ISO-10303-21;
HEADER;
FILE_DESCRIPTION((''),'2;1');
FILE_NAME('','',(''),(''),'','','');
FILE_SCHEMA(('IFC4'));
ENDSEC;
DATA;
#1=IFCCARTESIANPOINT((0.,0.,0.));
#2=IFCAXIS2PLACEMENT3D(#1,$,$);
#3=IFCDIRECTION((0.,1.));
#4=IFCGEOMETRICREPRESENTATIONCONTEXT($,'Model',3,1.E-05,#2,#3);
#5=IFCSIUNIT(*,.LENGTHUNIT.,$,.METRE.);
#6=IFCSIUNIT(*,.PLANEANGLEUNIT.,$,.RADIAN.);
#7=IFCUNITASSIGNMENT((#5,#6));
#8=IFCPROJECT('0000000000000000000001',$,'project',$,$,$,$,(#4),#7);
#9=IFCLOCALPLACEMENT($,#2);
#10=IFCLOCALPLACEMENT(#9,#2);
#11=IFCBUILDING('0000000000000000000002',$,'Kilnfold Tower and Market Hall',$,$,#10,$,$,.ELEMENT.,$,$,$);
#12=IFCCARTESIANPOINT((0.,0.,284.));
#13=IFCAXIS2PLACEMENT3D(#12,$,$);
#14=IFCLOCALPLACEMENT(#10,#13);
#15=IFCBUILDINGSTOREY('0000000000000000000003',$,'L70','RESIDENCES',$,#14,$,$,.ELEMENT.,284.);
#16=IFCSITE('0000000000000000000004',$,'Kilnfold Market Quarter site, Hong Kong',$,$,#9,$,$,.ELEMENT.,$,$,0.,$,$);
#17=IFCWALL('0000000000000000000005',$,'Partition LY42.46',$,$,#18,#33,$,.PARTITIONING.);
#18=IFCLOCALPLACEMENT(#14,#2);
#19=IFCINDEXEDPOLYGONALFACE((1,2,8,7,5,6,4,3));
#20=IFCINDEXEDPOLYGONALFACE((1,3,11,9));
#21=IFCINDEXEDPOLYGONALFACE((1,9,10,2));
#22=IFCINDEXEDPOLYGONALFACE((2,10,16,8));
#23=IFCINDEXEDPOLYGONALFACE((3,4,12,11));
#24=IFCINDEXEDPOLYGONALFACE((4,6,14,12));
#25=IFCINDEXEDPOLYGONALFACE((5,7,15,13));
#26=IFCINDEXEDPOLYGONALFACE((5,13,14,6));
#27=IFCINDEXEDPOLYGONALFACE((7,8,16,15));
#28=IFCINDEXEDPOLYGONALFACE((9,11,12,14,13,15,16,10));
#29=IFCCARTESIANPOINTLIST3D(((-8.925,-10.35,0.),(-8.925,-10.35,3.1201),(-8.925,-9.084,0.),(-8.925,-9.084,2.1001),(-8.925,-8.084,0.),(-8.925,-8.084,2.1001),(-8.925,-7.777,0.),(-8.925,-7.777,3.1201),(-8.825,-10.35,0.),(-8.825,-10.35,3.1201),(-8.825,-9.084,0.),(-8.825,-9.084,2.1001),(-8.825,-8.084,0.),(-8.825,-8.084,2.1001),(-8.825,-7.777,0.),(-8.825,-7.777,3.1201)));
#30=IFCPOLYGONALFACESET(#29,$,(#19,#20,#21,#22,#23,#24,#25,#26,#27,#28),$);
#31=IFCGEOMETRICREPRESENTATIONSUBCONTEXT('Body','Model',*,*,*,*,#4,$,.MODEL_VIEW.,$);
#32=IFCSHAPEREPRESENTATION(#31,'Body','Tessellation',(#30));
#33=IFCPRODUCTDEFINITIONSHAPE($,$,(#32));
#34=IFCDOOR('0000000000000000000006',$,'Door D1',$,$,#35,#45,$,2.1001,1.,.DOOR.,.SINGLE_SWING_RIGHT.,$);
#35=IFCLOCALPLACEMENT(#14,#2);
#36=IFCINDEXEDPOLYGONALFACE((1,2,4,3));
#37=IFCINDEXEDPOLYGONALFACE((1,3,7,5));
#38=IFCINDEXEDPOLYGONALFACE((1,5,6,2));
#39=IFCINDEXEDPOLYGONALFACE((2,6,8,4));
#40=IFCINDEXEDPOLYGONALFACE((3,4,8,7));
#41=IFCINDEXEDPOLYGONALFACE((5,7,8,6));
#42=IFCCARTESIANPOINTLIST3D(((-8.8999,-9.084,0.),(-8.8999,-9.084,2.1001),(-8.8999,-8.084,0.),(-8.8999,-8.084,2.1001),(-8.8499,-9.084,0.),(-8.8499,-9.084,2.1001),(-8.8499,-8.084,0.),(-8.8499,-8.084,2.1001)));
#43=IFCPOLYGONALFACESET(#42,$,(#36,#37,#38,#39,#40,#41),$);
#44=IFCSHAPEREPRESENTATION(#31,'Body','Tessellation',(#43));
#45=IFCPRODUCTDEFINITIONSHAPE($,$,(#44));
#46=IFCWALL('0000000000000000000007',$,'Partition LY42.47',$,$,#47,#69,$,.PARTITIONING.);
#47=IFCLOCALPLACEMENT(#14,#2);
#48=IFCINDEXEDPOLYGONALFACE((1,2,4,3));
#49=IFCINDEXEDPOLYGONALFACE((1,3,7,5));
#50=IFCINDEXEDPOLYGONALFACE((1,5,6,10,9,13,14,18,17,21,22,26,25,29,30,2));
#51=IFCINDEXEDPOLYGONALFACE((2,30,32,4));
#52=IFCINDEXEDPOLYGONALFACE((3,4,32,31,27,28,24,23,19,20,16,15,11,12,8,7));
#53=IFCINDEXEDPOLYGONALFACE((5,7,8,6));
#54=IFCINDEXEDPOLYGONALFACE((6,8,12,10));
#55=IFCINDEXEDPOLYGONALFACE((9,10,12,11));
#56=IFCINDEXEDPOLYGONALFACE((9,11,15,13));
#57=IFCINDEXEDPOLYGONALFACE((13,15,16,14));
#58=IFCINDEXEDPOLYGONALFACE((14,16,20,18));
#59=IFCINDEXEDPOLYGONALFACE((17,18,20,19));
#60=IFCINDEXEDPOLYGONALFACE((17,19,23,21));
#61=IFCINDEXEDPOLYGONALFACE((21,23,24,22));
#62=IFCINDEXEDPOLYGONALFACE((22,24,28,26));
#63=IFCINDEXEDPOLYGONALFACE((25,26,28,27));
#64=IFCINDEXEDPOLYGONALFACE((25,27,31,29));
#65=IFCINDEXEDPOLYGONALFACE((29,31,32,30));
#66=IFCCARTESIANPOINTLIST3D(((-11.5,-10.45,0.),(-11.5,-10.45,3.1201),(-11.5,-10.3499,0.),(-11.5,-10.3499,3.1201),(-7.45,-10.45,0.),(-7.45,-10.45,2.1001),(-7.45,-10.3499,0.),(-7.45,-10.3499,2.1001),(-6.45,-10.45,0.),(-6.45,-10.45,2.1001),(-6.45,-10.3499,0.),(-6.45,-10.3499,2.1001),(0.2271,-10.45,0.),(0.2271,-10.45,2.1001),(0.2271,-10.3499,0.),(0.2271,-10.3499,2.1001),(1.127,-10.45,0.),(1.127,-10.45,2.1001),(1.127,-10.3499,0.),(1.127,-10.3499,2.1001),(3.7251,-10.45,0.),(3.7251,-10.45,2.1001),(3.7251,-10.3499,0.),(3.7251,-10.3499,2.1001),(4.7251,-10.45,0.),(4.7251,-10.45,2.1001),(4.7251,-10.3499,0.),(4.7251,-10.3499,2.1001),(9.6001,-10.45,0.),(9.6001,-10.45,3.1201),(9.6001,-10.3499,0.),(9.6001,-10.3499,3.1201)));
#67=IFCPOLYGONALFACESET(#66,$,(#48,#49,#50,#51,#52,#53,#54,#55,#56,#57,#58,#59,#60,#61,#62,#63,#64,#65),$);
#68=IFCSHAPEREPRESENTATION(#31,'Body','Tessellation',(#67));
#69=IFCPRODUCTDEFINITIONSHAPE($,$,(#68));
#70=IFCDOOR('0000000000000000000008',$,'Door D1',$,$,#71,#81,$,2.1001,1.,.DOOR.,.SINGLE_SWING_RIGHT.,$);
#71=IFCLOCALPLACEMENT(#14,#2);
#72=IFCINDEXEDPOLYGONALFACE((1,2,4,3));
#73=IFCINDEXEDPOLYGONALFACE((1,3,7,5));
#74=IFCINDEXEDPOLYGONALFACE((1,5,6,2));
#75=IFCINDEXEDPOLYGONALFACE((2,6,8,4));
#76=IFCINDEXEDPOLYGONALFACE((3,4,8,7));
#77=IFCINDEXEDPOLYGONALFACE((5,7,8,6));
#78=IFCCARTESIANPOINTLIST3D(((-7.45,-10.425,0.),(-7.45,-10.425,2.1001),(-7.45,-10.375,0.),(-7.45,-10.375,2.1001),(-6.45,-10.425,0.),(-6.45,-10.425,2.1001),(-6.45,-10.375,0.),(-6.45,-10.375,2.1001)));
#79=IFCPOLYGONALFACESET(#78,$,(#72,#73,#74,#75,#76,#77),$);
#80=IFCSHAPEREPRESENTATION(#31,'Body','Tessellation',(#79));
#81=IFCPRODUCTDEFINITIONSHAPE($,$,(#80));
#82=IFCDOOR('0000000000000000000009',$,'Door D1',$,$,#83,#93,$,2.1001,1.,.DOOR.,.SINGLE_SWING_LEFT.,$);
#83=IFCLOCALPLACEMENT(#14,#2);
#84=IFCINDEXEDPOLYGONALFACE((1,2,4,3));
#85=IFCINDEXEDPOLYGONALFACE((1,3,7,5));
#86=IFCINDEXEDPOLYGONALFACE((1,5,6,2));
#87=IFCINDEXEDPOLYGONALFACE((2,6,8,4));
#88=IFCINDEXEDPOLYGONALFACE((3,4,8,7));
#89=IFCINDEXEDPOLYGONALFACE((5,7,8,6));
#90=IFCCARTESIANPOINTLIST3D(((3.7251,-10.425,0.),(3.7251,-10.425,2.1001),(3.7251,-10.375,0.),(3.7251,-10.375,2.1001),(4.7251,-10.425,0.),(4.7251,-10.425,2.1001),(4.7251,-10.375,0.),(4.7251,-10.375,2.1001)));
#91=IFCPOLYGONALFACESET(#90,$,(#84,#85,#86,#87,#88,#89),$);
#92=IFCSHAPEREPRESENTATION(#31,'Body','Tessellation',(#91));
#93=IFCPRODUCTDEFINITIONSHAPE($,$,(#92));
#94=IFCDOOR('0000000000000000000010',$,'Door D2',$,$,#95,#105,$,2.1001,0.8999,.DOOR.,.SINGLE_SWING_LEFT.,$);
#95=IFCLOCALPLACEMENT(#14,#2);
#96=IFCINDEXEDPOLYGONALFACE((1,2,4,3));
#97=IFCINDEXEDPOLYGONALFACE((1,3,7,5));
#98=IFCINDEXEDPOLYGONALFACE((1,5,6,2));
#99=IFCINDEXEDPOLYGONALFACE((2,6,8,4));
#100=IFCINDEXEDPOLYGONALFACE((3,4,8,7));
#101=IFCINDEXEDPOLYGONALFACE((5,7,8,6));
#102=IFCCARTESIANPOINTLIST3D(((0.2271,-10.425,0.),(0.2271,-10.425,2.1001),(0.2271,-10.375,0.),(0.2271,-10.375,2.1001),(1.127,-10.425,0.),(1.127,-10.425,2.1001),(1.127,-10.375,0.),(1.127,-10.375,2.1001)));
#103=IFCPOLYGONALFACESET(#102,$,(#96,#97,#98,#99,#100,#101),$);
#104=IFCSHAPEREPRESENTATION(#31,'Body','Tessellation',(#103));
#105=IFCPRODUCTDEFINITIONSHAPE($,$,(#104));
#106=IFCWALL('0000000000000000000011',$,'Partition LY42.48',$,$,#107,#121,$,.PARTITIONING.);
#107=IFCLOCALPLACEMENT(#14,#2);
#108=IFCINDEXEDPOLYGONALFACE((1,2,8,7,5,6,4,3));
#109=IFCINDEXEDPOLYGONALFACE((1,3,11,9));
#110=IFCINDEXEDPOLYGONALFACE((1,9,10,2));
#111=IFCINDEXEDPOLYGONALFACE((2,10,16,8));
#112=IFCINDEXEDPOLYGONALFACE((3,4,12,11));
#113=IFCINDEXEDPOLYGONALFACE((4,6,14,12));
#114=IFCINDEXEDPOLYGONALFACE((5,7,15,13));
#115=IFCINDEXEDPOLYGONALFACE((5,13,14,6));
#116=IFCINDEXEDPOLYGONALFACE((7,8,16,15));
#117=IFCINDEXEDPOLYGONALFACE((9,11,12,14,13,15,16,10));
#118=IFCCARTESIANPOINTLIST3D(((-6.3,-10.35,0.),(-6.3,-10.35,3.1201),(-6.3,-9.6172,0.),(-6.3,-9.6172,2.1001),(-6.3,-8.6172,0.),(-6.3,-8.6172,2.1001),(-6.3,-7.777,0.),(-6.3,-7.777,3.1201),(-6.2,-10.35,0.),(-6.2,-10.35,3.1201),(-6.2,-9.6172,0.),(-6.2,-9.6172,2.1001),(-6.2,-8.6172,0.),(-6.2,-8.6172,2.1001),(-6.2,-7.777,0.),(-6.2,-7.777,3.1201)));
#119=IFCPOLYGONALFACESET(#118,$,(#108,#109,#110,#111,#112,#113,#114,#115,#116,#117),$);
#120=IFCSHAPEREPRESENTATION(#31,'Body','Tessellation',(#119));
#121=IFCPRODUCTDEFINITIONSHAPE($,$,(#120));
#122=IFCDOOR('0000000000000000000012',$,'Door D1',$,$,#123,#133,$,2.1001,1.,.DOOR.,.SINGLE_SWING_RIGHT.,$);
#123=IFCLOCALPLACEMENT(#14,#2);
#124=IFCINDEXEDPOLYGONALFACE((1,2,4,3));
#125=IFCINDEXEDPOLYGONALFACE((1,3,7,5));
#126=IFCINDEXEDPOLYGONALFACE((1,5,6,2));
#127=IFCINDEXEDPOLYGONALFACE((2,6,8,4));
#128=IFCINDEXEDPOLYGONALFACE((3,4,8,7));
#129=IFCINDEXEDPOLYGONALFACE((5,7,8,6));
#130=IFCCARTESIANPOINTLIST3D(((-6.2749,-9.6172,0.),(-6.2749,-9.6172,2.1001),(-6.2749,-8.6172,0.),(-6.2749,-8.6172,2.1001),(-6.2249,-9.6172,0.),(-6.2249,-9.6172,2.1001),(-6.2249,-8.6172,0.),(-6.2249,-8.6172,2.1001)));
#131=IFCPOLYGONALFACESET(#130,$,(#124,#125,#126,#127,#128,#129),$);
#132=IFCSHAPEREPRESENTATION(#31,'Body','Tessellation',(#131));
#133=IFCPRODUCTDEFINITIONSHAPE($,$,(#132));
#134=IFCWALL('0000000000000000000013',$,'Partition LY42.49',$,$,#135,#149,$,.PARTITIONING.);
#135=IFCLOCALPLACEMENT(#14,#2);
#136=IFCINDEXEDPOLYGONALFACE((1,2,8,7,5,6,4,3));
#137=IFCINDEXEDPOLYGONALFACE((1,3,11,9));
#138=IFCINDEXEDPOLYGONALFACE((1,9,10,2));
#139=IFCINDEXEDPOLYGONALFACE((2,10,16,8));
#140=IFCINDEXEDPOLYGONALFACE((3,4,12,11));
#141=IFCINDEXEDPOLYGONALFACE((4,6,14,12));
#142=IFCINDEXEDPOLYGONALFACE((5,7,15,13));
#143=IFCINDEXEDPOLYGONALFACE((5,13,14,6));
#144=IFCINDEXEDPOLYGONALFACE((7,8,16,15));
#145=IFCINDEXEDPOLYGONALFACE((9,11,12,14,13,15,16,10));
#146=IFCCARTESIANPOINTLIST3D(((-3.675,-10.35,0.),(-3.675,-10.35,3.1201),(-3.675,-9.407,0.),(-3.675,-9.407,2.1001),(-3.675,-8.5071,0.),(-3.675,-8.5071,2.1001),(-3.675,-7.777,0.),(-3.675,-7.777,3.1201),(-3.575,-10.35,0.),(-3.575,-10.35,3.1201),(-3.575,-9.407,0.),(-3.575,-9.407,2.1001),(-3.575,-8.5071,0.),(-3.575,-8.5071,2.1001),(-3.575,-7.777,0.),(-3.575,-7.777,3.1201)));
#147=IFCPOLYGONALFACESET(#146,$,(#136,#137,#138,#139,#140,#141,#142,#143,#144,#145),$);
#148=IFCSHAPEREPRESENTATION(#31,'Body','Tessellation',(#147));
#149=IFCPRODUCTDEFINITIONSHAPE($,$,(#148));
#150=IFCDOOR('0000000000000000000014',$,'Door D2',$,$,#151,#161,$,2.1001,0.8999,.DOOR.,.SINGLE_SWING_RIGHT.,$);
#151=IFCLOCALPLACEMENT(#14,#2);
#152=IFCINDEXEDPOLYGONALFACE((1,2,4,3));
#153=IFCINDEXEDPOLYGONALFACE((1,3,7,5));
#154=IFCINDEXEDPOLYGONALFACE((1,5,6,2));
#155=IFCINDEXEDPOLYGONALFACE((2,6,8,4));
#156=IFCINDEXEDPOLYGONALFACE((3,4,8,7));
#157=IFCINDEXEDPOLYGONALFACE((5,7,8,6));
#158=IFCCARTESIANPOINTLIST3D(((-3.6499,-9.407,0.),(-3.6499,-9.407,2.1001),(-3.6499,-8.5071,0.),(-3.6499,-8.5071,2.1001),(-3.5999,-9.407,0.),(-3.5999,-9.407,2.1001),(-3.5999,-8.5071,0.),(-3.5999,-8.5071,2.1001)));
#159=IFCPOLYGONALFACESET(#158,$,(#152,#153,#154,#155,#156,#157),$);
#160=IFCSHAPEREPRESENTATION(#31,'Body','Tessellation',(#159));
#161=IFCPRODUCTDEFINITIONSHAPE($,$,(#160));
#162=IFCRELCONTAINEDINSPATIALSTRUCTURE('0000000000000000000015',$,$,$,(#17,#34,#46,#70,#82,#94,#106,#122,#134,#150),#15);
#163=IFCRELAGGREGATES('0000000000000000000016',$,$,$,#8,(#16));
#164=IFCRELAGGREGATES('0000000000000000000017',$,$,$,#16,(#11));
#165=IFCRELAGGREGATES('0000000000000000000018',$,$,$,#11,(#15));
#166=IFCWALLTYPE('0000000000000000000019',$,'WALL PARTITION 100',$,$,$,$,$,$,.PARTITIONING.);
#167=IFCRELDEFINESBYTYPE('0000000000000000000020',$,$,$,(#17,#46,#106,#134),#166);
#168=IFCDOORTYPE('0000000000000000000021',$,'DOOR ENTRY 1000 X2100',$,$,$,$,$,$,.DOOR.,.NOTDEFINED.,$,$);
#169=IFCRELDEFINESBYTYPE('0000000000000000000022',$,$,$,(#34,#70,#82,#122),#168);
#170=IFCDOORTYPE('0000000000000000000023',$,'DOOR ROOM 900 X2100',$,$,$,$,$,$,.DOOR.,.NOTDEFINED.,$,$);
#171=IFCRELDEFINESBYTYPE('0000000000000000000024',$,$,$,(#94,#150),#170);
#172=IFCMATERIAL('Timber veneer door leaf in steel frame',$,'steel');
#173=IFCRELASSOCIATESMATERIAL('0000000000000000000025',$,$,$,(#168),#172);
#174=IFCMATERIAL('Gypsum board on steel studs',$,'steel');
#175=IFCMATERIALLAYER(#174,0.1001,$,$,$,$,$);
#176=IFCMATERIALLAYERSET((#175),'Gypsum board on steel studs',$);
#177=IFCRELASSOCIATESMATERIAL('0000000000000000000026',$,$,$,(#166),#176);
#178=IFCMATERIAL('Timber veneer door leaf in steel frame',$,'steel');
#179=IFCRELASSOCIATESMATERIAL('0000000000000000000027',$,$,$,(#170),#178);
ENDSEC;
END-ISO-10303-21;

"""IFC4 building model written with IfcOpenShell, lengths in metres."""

from ifc_helpers import new_model, si_unit, direction, frame, frame_2d, origin, place, context, subcontext, project, spatial, rectangle, extrude, material, layer, layer_set, type_object, element, fill, save


model = new_model("IFC4")

# Units and contexts
model_context = context("Model", 3, precision=1e-05, world=origin(), true_north=direction((0.0, 1.0)))
body_context = subcontext(model_context, "Body", "Model", "MODEL_VIEW")
ifc_project = project(units=[si_unit("LENGTHUNIT", "METRE"), si_unit("PLANEANGLEUNIT", "RADIAN")], contexts=[model_context])

# Site, building, storey
site_placement = place(None, origin())
site = spatial("IfcSite", under=ifc_project, at=site_placement, Name="Kilnfold Market Quarter site, Hong Kong", CompositionType="ELEMENT", RefElevation=0.0)
building_placement = place(site_placement, origin())
building = spatial("IfcBuilding", under=site, at=building_placement, Name="Kilnfold Tower and Market Hall", CompositionType="ELEMENT")
storey_placement = place(building_placement, frame((0.0, 0.0, 284.0)))
storey = spatial("IfcBuildingStorey", under=building, at=storey_placement, Name="L70", Description="RESIDENCES", CompositionType="ELEMENT", Elevation=284.0)

# Shared definitions
ifc_material_1 = material(Name="Timber veneer door leaf in steel frame", Category="steel")
door_type_1 = type_object("IfcDoorType", Name="DOOR ENTRY 1000 X2100", OperationType="NOTDEFINED", PredefinedType="DOOR", material=ifc_material_1)

# Wall, opening, door
ifc_material_2 = material(Name="Gypsum board on steel studs", Category="steel")
ifc_layer_1 = layer(ifc_material_2, 0.1001)
ifc_layer_set_1 = layer_set([ifc_layer_1], Name="Gypsum board on steel studs")
wall_type_1 = type_object("IfcWallType", Name="WALL PARTITION 100", PredefinedType="PARTITIONING", material=ifc_layer_set_1)
wall_1_placement = place(storey_placement, frame((-8.875, -10.3501, 0.0), z_axis=(0.0, 0.0, 1.0), x_axis=(0.0, 1.0, 0.0)))
wall_1 = element("IfcWall", 1, at=wall_1_placement, inside=storey, type_object=wall_type_1, Name="Partition LY42.46", PredefinedType="PARTITIONING", context=body_context, shape_type="SweptSolid", body=[
    extrude(rectangle(XDim=2.573, YDim=0.1001, at=frame_2d((1.2866, 0.0))), origin(), (0.0, 0.0, 1.0), 3.1201),
])
opening_1_placement = place(wall_1_placement, frame((1.2661, 0.0, 0.0)))
opening_1 = element("IfcOpeningElement", 2, at=opening_1_placement, cuts=wall_1, PredefinedType="OPENING", context=body_context, shape_type="SweptSolid", body=[
    extrude(rectangle(XDim=1.0, YDim=2.1001, at=frame_2d((0.5, 1.05))), frame((0.0, 0.0601, 0.0), z_axis=(0.0, -1.0, 0.0), x_axis=(1.0, 0.0, 0.0)), (0.0, 0.0, 1.0), 0.1201),
])
door_1_placement = place(opening_1_placement, origin())
door_1 = element("IfcDoor", 3, at=door_1_placement, inside=storey, type_object=door_type_1, Name="Door D1", OperationType="SINGLE_SWING_RIGHT", OverallHeight=2.1001, OverallWidth=1.0, PredefinedType="DOOR", context=body_context, shape_type="SweptSolid", body=[
    extrude(rectangle(XDim=1.0, YDim=2.1001, at=frame_2d((0.5, 1.05))), frame((0.0, 0.0249, 0.0), z_axis=(0.0, -1.0, 0.0), x_axis=(1.0, 0.0, 0.0)), (0.0, 0.0, 1.0), 0.05),
])
fill(opening_1, door_1)

# Wall, openings, doors
wall_2_placement = place(storey_placement, frame((-11.5, -10.3999, 0.0), z_axis=(0.0, 0.0, 1.0), x_axis=(1.0, 0.0, 0.0)))
wall_2 = element("IfcWall", 4, at=wall_2_placement, inside=storey, type_object=wall_type_1, Name="Partition LY42.47", PredefinedType="PARTITIONING", context=body_context, shape_type="SweptSolid", body=[
    extrude(rectangle(XDim=21.1001, YDim=0.1001, at=frame_2d((10.55, 0.0))), origin(), (0.0, 0.0, 1.0), 3.1201),
])
opening_2_placement = place(wall_2_placement, frame((4.05, 0.0, 0.0)))
opening_2 = element("IfcOpeningElement", 5, at=opening_2_placement, cuts=wall_2, PredefinedType="OPENING", context=body_context, shape_type="SweptSolid", body=[
    extrude(rectangle(XDim=1.0, YDim=2.1001, at=frame_2d((0.5, 1.05))), frame((0.0, 0.0601, 0.0), z_axis=(0.0, -1.0, 0.0), x_axis=(1.0, 0.0, 0.0)), (0.0, 0.0, 1.0), 0.1201),
])
opening_3_placement = place(wall_2_placement, frame((11.7271, 0.0, 0.0)))
opening_3 = element("IfcOpeningElement", 6, at=opening_3_placement, cuts=wall_2, PredefinedType="OPENING", context=body_context, shape_type="SweptSolid", body=[
    extrude(rectangle(XDim=0.8999, YDim=2.1001, at=frame_2d((0.45, 1.05))), frame((0.0, 0.0601, 0.0), z_axis=(0.0, -1.0, 0.0), x_axis=(1.0, 0.0, 0.0)), (0.0, 0.0, 1.0), 0.1201),
])
opening_4_placement = place(wall_2_placement, frame((15.2251, 0.0, 0.0)))
opening_4 = element("IfcOpeningElement", 7, at=opening_4_placement, cuts=wall_2, PredefinedType="OPENING", context=body_context, shape_type="SweptSolid", body=[
    extrude(rectangle(XDim=1.0, YDim=2.1001, at=frame_2d((0.5, 1.05))), frame((0.0, 0.0601, 0.0), z_axis=(0.0, -1.0, 0.0), x_axis=(1.0, 0.0, 0.0)), (0.0, 0.0, 1.0), 0.1201),
])
door_2_placement = place(opening_2_placement, origin())
door_2 = element("IfcDoor", 8, at=door_2_placement, inside=storey, type_object=door_type_1, Name="Door D1", OperationType="SINGLE_SWING_RIGHT", OverallHeight=2.1001, OverallWidth=1.0, PredefinedType="DOOR", context=body_context, shape_type="SweptSolid", body=[
    extrude(rectangle(XDim=1.0, YDim=2.1001, at=frame_2d((0.5, 1.05))), frame((0.0, 0.0249, 0.0), z_axis=(0.0, -1.0, 0.0), x_axis=(1.0, 0.0, 0.0)), (0.0, 0.0, 1.0), 0.05),
])
fill(opening_2, door_2)
door_3_placement = place(opening_4_placement, origin())
door_3 = element("IfcDoor", 9, at=door_3_placement, inside=storey, type_object=door_type_1, Name="Door D1", OperationType="SINGLE_SWING_LEFT", OverallHeight=2.1001, OverallWidth=1.0, PredefinedType="DOOR", context=body_context, shape_type="SweptSolid", body=[
    extrude(rectangle(XDim=1.0, YDim=2.1001, at=frame_2d((0.5, 1.05))), frame((0.0, 0.0249, 0.0), z_axis=(0.0, -1.0, 0.0), x_axis=(1.0, 0.0, 0.0)), (0.0, 0.0, 1.0), 0.05),
])
fill(opening_4, door_3)
ifc_material_3 = material(Name="Timber veneer door leaf in steel frame", Category="steel")
door_type_2 = type_object("IfcDoorType", Name="DOOR ROOM 900 X2100", OperationType="NOTDEFINED", PredefinedType="DOOR", material=ifc_material_3)
door_4_placement = place(opening_3_placement, origin())
door_4 = element("IfcDoor", 10, at=door_4_placement, inside=storey, type_object=door_type_2, Name="Door D2", OperationType="SINGLE_SWING_LEFT", OverallHeight=2.1001, OverallWidth=0.8999, PredefinedType="DOOR", context=body_context, shape_type="SweptSolid", body=[
    extrude(rectangle(XDim=0.8999, YDim=2.1001, at=frame_2d((0.45, 1.05))), frame((0.0, 0.0249, 0.0), z_axis=(0.0, -1.0, 0.0), x_axis=(1.0, 0.0, 0.0)), (0.0, 0.0, 1.0), 0.05),
])
fill(opening_3, door_4)

# Walls, openings, doors
wall_3_placement = place(storey_placement, frame((-6.25, -10.3501, 0.0), z_axis=(0.0, 0.0, 1.0), x_axis=(0.0, 1.0, 0.0)))
wall_3 = element("IfcWall", 11, at=wall_3_placement, inside=storey, type_object=wall_type_1, Name="Partition LY42.48", PredefinedType="PARTITIONING", context=body_context, shape_type="SweptSolid", body=[
    extrude(rectangle(XDim=2.573, YDim=0.1001, at=frame_2d((1.2866, 0.0))), origin(), (0.0, 0.0, 1.0), 3.1201),
])
opening_5_placement = place(wall_3_placement, frame((0.7329, 0.0, 0.0)))
opening_5 = element("IfcOpeningElement", 12, at=opening_5_placement, cuts=wall_3, PredefinedType="OPENING", context=body_context, shape_type="SweptSolid", body=[
    extrude(rectangle(XDim=1.0, YDim=2.1001, at=frame_2d((0.5, 1.05))), frame((0.0, 0.0601, 0.0), z_axis=(0.0, -1.0, 0.0), x_axis=(1.0, 0.0, 0.0)), (0.0, 0.0, 1.0), 0.1201),
])
door_5_placement = place(opening_5_placement, origin())
door_5 = element("IfcDoor", 13, at=door_5_placement, inside=storey, type_object=door_type_1, Name="Door D1", OperationType="SINGLE_SWING_RIGHT", OverallHeight=2.1001, OverallWidth=1.0, PredefinedType="DOOR", context=body_context, shape_type="SweptSolid", body=[
    extrude(rectangle(XDim=1.0, YDim=2.1001, at=frame_2d((0.5, 1.05))), frame((0.0, 0.0249, 0.0), z_axis=(0.0, -1.0, 0.0), x_axis=(1.0, 0.0, 0.0)), (0.0, 0.0, 1.0), 0.05),
])
fill(opening_5, door_5)
wall_4_placement = place(storey_placement, frame((-3.625, -10.3501, 0.0), z_axis=(0.0, 0.0, 1.0), x_axis=(0.0, 1.0, 0.0)))
wall_4 = element("IfcWall", 14, at=wall_4_placement, inside=storey, type_object=wall_type_1, Name="Partition LY42.49", PredefinedType="PARTITIONING", context=body_context, shape_type="SweptSolid", body=[
    extrude(rectangle(XDim=2.573, YDim=0.1001, at=frame_2d((1.2866, 0.0))), origin(), (0.0, 0.0, 1.0), 3.1201),
])
opening_6_placement = place(wall_4_placement, frame((0.9431, 0.0, 0.0)))
opening_6 = element("IfcOpeningElement", 15, at=opening_6_placement, cuts=wall_4, PredefinedType="OPENING", context=body_context, shape_type="SweptSolid", body=[
    extrude(rectangle(XDim=0.8999, YDim=2.1001, at=frame_2d((0.45, 1.05))), frame((0.0, 0.0601, 0.0), z_axis=(0.0, -1.0, 0.0), x_axis=(1.0, 0.0, 0.0)), (0.0, 0.0, 1.0), 0.1201),
])
door_6_placement = place(opening_6_placement, origin())
door_6 = element("IfcDoor", 16, at=door_6_placement, inside=storey, type_object=door_type_2, Name="Door D2", OperationType="SINGLE_SWING_RIGHT", OverallHeight=2.1001, OverallWidth=0.8999, PredefinedType="DOOR", context=body_context, shape_type="SweptSolid", body=[
    extrude(rectangle(XDim=0.8999, YDim=2.1001, at=frame_2d((0.45, 1.05))), frame((0.0, 0.0249, 0.0), z_axis=(0.0, -1.0, 0.0), x_axis=(1.0, 0.0, 0.0)), (0.0, 0.0, 1.0), 0.05),
])
fill(opening_6, door_6)

save(model, "model.ifc")
